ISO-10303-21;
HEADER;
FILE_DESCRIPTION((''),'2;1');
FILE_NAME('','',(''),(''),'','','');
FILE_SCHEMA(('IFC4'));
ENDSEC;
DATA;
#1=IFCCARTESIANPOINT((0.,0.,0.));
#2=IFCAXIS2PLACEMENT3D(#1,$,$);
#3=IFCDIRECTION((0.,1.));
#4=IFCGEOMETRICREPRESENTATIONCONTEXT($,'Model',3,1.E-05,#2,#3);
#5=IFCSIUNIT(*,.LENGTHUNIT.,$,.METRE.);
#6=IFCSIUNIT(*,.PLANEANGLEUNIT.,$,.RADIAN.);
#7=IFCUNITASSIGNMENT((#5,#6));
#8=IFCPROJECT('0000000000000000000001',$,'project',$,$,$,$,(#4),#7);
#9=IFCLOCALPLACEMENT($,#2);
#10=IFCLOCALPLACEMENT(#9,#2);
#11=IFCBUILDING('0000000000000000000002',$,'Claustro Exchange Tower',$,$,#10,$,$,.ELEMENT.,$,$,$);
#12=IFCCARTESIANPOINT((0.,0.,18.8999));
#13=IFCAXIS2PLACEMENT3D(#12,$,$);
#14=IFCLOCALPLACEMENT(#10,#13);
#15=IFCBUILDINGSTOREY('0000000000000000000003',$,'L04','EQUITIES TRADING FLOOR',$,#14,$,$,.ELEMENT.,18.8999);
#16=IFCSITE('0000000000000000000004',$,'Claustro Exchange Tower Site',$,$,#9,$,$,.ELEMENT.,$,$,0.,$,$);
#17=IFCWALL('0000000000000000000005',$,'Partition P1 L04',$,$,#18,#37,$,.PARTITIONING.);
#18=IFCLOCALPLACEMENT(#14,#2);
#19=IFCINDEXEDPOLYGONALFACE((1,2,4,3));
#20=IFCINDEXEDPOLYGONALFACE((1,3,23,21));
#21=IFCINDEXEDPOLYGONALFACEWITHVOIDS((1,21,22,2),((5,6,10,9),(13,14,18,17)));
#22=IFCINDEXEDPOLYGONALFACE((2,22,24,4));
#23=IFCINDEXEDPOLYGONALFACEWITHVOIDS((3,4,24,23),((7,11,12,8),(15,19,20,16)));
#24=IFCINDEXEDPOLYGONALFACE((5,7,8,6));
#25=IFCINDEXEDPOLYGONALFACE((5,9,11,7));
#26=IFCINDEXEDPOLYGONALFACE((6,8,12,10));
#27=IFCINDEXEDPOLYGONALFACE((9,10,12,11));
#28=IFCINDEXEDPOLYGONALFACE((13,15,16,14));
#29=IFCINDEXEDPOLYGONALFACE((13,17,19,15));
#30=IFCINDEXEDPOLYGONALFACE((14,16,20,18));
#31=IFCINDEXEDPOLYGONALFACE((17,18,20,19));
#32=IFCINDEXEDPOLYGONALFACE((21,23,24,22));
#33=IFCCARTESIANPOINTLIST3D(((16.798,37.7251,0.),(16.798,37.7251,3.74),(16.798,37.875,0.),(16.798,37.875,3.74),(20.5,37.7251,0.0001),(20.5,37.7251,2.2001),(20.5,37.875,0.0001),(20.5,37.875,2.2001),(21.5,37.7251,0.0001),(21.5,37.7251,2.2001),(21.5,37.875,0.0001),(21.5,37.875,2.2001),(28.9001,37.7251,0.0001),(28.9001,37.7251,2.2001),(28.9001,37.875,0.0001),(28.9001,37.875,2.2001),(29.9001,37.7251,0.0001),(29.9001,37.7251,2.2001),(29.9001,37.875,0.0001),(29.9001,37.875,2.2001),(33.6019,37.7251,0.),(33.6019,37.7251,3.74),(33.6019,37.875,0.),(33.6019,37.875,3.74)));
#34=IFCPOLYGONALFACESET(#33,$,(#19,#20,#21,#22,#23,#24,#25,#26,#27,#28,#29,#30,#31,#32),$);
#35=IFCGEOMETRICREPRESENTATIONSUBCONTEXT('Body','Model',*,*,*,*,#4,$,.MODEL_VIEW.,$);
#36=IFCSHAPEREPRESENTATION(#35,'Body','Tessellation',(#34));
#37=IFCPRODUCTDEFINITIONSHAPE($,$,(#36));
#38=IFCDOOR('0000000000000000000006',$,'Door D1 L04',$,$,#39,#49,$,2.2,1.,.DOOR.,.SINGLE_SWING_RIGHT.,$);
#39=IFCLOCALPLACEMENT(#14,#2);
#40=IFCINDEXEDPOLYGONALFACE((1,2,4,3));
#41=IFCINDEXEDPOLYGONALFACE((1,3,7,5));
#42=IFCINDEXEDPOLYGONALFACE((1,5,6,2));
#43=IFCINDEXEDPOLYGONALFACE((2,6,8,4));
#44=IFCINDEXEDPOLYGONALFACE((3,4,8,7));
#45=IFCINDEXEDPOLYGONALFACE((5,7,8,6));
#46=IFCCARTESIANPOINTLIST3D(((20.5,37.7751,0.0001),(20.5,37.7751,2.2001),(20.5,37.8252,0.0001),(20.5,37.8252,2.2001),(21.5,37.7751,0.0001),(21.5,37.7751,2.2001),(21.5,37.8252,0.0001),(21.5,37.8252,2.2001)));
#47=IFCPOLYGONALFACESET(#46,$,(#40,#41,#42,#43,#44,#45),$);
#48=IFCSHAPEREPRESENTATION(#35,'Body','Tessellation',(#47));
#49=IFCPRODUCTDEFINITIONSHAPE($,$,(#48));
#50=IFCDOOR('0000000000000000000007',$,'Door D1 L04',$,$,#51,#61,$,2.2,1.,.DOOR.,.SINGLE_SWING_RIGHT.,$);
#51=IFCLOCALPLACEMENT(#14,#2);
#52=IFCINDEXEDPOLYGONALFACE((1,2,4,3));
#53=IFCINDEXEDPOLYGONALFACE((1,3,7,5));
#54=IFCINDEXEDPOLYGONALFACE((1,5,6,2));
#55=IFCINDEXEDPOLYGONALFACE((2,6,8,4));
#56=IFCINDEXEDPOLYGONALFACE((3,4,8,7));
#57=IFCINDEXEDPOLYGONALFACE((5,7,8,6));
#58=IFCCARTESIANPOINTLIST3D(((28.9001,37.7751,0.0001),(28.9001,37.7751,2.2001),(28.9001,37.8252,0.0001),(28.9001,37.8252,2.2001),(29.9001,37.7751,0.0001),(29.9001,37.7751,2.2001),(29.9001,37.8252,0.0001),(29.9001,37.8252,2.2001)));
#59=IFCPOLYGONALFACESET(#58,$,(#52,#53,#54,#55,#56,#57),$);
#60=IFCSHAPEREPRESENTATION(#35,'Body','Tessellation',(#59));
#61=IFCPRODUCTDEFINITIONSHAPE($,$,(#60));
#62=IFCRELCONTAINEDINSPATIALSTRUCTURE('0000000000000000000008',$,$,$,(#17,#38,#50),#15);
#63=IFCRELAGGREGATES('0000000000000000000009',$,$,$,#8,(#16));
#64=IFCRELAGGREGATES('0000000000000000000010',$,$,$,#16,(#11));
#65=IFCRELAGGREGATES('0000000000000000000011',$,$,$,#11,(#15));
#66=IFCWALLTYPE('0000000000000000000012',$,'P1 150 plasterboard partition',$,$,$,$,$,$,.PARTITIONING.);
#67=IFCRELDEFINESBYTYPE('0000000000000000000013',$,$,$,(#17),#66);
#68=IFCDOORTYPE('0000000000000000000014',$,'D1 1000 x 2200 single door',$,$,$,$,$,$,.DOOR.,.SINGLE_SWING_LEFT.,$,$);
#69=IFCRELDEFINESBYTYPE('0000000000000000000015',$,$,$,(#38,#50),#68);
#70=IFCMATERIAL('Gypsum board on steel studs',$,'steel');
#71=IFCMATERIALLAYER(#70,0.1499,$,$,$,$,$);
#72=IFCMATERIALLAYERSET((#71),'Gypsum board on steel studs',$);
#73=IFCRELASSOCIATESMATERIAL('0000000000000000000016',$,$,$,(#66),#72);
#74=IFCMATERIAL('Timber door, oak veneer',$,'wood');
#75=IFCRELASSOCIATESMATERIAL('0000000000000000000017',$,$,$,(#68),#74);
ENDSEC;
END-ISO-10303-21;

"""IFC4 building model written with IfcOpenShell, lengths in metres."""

from ifc_helpers import new_model, si_unit, direction, frame, frame_2d, origin, place, context, subcontext, project, spatial, rectangle, extrude, material, layer, layer_set, type_object, element, fill, save


model = new_model("IFC4")

# Units and contexts
model_context = context("Model", 3, precision=1e-05, world=origin(), true_north=direction((0.0, 1.0)))
body_context = subcontext(model_context, "Body", "Model", "MODEL_VIEW")
ifc_project = project(units=[si_unit("LENGTHUNIT", "METRE"), si_unit("PLANEANGLEUNIT", "RADIAN")], contexts=[model_context])

# Site, building, storey
site_placement = place(None, origin())
site = spatial("IfcSite", under=ifc_project, at=site_placement, Name="Claustro Exchange Tower Site", CompositionType="ELEMENT", RefElevation=0.0)
building_placement = place(site_placement, origin())
building = spatial("IfcBuilding", under=site, at=building_placement, Name="Claustro Exchange Tower", CompositionType="ELEMENT")
storey_placement = place(building_placement, frame((0.0, 0.0, 18.8999)))
storey = spatial("IfcBuildingStorey", under=building, at=storey_placement, Name="L04", Description="EQUITIES TRADING FLOOR", CompositionType="ELEMENT", Elevation=18.8999)

# Wall, openings, doors
ifc_material_1 = material(Name="Gypsum board on steel studs", Category="steel")
ifc_layer = layer(ifc_material_1, 0.1499)
ifc_layer_set = layer_set([ifc_layer], Name="Gypsum board on steel studs")
wall_type = type_object("IfcWallType", Name="P1 150 plasterboard partition", PredefinedType="PARTITIONING", material=ifc_layer_set)
wall_1_placement = place(storey_placement, frame((16.7981, 37.8, 0.0), z_axis=(0.0, 0.0, 1.0), x_axis=(1.0, 0.0, 0.0)))
wall_1 = element("IfcWall", 1, at=wall_1_placement, inside=storey, type_object=wall_type, Name="Partition P1 L04", PredefinedType="PARTITIONING", context=body_context, shape_type="SweptSolid", body=[
    extrude(rectangle(XDim=16.804, YDim=0.1499, at=frame_2d((8.4019, 0.0))), origin(), (0.0, 0.0, 1.0), 3.74),
])
opening_1_placement = place(wall_1_placement, frame((3.7019, 0.0, 0.0)))
opening_1 = element("IfcOpeningElement", 2, at=opening_1_placement, cuts=wall_1, PredefinedType="OPENING", context=body_context, shape_type="SweptSolid", body=[
    extrude(rectangle(XDim=1.0, YDim=2.2, at=frame_2d((0.5, 1.1001))), frame((0.0, 0.085, 0.0), z_axis=(0.0, -1.0, 0.0), x_axis=(1.0, 0.0, 0.0)), (0.0, 0.0, 1.0), 0.1699),
])
opening_2_placement = place(wall_1_placement, frame((12.1021, 0.0, 0.0)))
opening_2 = element("IfcOpeningElement", 3, at=opening_2_placement, cuts=wall_1, PredefinedType="OPENING", context=body_context, shape_type="SweptSolid", body=[
    extrude(rectangle(XDim=1.0, YDim=2.2, at=frame_2d((0.5, 1.1001))), frame((0.0, 0.085, 0.0), z_axis=(0.0, -1.0, 0.0), x_axis=(1.0, 0.0, 0.0)), (0.0, 0.0, 1.0), 0.1699),
])
ifc_material_2 = material(Name="Timber door, oak veneer", Category="wood")
door_type_1 = type_object("IfcDoorType", Name="D1 1000 x 2200 single door", OperationType="SINGLE_SWING_LEFT", PredefinedType="DOOR", material=ifc_material_2)
door_1_placement = place(opening_1_placement, frame((1.0, 0.0, 0.0), z_axis=(0.0, 0.0, 1.0), x_axis=(-1.0, 0.0, 0.0)))
door_1 = element("IfcDoor", 4, at=door_1_placement, inside=storey, type_object=door_type_1, Name="Door D1 L04", OperationType="SINGLE_SWING_RIGHT", OverallHeight=2.2, OverallWidth=1.0, PredefinedType="DOOR", context=body_context, shape_type="SweptSolid", body=[
    extrude(rectangle(XDim=1.0, YDim=2.2, at=frame_2d((0.5, 1.1001))), frame((0.0, 0.0249, 0.0), z_axis=(0.0, -1.0, 0.0), x_axis=(1.0, 0.0, 0.0)), (0.0, 0.0, 1.0), 0.05),
])
fill(opening_1, door_1)
door_2_placement = place(opening_2_placement, frame((1.0, 0.0, 0.0), z_axis=(0.0, 0.0, 1.0), x_axis=(-1.0, 0.0, 0.0)))
door_2 = element("IfcDoor", 5, at=door_2_placement, inside=storey, type_object=door_type_1, Name="Door D1 L04", OperationType="SINGLE_SWING_RIGHT", OverallHeight=2.2, OverallWidth=1.0, PredefinedType="DOOR", context=body_context, shape_type="SweptSolid", body=[
    extrude(rectangle(XDim=1.0, YDim=2.2, at=frame_2d((0.5, 1.1001))), frame((0.0, 0.0249, 0.0), z_axis=(0.0, -1.0, 0.0), x_axis=(1.0, 0.0, 0.0)), (0.0, 0.0, 1.0), 0.05),
])
fill(opening_2, door_2)

save(model, "model.ifc")
